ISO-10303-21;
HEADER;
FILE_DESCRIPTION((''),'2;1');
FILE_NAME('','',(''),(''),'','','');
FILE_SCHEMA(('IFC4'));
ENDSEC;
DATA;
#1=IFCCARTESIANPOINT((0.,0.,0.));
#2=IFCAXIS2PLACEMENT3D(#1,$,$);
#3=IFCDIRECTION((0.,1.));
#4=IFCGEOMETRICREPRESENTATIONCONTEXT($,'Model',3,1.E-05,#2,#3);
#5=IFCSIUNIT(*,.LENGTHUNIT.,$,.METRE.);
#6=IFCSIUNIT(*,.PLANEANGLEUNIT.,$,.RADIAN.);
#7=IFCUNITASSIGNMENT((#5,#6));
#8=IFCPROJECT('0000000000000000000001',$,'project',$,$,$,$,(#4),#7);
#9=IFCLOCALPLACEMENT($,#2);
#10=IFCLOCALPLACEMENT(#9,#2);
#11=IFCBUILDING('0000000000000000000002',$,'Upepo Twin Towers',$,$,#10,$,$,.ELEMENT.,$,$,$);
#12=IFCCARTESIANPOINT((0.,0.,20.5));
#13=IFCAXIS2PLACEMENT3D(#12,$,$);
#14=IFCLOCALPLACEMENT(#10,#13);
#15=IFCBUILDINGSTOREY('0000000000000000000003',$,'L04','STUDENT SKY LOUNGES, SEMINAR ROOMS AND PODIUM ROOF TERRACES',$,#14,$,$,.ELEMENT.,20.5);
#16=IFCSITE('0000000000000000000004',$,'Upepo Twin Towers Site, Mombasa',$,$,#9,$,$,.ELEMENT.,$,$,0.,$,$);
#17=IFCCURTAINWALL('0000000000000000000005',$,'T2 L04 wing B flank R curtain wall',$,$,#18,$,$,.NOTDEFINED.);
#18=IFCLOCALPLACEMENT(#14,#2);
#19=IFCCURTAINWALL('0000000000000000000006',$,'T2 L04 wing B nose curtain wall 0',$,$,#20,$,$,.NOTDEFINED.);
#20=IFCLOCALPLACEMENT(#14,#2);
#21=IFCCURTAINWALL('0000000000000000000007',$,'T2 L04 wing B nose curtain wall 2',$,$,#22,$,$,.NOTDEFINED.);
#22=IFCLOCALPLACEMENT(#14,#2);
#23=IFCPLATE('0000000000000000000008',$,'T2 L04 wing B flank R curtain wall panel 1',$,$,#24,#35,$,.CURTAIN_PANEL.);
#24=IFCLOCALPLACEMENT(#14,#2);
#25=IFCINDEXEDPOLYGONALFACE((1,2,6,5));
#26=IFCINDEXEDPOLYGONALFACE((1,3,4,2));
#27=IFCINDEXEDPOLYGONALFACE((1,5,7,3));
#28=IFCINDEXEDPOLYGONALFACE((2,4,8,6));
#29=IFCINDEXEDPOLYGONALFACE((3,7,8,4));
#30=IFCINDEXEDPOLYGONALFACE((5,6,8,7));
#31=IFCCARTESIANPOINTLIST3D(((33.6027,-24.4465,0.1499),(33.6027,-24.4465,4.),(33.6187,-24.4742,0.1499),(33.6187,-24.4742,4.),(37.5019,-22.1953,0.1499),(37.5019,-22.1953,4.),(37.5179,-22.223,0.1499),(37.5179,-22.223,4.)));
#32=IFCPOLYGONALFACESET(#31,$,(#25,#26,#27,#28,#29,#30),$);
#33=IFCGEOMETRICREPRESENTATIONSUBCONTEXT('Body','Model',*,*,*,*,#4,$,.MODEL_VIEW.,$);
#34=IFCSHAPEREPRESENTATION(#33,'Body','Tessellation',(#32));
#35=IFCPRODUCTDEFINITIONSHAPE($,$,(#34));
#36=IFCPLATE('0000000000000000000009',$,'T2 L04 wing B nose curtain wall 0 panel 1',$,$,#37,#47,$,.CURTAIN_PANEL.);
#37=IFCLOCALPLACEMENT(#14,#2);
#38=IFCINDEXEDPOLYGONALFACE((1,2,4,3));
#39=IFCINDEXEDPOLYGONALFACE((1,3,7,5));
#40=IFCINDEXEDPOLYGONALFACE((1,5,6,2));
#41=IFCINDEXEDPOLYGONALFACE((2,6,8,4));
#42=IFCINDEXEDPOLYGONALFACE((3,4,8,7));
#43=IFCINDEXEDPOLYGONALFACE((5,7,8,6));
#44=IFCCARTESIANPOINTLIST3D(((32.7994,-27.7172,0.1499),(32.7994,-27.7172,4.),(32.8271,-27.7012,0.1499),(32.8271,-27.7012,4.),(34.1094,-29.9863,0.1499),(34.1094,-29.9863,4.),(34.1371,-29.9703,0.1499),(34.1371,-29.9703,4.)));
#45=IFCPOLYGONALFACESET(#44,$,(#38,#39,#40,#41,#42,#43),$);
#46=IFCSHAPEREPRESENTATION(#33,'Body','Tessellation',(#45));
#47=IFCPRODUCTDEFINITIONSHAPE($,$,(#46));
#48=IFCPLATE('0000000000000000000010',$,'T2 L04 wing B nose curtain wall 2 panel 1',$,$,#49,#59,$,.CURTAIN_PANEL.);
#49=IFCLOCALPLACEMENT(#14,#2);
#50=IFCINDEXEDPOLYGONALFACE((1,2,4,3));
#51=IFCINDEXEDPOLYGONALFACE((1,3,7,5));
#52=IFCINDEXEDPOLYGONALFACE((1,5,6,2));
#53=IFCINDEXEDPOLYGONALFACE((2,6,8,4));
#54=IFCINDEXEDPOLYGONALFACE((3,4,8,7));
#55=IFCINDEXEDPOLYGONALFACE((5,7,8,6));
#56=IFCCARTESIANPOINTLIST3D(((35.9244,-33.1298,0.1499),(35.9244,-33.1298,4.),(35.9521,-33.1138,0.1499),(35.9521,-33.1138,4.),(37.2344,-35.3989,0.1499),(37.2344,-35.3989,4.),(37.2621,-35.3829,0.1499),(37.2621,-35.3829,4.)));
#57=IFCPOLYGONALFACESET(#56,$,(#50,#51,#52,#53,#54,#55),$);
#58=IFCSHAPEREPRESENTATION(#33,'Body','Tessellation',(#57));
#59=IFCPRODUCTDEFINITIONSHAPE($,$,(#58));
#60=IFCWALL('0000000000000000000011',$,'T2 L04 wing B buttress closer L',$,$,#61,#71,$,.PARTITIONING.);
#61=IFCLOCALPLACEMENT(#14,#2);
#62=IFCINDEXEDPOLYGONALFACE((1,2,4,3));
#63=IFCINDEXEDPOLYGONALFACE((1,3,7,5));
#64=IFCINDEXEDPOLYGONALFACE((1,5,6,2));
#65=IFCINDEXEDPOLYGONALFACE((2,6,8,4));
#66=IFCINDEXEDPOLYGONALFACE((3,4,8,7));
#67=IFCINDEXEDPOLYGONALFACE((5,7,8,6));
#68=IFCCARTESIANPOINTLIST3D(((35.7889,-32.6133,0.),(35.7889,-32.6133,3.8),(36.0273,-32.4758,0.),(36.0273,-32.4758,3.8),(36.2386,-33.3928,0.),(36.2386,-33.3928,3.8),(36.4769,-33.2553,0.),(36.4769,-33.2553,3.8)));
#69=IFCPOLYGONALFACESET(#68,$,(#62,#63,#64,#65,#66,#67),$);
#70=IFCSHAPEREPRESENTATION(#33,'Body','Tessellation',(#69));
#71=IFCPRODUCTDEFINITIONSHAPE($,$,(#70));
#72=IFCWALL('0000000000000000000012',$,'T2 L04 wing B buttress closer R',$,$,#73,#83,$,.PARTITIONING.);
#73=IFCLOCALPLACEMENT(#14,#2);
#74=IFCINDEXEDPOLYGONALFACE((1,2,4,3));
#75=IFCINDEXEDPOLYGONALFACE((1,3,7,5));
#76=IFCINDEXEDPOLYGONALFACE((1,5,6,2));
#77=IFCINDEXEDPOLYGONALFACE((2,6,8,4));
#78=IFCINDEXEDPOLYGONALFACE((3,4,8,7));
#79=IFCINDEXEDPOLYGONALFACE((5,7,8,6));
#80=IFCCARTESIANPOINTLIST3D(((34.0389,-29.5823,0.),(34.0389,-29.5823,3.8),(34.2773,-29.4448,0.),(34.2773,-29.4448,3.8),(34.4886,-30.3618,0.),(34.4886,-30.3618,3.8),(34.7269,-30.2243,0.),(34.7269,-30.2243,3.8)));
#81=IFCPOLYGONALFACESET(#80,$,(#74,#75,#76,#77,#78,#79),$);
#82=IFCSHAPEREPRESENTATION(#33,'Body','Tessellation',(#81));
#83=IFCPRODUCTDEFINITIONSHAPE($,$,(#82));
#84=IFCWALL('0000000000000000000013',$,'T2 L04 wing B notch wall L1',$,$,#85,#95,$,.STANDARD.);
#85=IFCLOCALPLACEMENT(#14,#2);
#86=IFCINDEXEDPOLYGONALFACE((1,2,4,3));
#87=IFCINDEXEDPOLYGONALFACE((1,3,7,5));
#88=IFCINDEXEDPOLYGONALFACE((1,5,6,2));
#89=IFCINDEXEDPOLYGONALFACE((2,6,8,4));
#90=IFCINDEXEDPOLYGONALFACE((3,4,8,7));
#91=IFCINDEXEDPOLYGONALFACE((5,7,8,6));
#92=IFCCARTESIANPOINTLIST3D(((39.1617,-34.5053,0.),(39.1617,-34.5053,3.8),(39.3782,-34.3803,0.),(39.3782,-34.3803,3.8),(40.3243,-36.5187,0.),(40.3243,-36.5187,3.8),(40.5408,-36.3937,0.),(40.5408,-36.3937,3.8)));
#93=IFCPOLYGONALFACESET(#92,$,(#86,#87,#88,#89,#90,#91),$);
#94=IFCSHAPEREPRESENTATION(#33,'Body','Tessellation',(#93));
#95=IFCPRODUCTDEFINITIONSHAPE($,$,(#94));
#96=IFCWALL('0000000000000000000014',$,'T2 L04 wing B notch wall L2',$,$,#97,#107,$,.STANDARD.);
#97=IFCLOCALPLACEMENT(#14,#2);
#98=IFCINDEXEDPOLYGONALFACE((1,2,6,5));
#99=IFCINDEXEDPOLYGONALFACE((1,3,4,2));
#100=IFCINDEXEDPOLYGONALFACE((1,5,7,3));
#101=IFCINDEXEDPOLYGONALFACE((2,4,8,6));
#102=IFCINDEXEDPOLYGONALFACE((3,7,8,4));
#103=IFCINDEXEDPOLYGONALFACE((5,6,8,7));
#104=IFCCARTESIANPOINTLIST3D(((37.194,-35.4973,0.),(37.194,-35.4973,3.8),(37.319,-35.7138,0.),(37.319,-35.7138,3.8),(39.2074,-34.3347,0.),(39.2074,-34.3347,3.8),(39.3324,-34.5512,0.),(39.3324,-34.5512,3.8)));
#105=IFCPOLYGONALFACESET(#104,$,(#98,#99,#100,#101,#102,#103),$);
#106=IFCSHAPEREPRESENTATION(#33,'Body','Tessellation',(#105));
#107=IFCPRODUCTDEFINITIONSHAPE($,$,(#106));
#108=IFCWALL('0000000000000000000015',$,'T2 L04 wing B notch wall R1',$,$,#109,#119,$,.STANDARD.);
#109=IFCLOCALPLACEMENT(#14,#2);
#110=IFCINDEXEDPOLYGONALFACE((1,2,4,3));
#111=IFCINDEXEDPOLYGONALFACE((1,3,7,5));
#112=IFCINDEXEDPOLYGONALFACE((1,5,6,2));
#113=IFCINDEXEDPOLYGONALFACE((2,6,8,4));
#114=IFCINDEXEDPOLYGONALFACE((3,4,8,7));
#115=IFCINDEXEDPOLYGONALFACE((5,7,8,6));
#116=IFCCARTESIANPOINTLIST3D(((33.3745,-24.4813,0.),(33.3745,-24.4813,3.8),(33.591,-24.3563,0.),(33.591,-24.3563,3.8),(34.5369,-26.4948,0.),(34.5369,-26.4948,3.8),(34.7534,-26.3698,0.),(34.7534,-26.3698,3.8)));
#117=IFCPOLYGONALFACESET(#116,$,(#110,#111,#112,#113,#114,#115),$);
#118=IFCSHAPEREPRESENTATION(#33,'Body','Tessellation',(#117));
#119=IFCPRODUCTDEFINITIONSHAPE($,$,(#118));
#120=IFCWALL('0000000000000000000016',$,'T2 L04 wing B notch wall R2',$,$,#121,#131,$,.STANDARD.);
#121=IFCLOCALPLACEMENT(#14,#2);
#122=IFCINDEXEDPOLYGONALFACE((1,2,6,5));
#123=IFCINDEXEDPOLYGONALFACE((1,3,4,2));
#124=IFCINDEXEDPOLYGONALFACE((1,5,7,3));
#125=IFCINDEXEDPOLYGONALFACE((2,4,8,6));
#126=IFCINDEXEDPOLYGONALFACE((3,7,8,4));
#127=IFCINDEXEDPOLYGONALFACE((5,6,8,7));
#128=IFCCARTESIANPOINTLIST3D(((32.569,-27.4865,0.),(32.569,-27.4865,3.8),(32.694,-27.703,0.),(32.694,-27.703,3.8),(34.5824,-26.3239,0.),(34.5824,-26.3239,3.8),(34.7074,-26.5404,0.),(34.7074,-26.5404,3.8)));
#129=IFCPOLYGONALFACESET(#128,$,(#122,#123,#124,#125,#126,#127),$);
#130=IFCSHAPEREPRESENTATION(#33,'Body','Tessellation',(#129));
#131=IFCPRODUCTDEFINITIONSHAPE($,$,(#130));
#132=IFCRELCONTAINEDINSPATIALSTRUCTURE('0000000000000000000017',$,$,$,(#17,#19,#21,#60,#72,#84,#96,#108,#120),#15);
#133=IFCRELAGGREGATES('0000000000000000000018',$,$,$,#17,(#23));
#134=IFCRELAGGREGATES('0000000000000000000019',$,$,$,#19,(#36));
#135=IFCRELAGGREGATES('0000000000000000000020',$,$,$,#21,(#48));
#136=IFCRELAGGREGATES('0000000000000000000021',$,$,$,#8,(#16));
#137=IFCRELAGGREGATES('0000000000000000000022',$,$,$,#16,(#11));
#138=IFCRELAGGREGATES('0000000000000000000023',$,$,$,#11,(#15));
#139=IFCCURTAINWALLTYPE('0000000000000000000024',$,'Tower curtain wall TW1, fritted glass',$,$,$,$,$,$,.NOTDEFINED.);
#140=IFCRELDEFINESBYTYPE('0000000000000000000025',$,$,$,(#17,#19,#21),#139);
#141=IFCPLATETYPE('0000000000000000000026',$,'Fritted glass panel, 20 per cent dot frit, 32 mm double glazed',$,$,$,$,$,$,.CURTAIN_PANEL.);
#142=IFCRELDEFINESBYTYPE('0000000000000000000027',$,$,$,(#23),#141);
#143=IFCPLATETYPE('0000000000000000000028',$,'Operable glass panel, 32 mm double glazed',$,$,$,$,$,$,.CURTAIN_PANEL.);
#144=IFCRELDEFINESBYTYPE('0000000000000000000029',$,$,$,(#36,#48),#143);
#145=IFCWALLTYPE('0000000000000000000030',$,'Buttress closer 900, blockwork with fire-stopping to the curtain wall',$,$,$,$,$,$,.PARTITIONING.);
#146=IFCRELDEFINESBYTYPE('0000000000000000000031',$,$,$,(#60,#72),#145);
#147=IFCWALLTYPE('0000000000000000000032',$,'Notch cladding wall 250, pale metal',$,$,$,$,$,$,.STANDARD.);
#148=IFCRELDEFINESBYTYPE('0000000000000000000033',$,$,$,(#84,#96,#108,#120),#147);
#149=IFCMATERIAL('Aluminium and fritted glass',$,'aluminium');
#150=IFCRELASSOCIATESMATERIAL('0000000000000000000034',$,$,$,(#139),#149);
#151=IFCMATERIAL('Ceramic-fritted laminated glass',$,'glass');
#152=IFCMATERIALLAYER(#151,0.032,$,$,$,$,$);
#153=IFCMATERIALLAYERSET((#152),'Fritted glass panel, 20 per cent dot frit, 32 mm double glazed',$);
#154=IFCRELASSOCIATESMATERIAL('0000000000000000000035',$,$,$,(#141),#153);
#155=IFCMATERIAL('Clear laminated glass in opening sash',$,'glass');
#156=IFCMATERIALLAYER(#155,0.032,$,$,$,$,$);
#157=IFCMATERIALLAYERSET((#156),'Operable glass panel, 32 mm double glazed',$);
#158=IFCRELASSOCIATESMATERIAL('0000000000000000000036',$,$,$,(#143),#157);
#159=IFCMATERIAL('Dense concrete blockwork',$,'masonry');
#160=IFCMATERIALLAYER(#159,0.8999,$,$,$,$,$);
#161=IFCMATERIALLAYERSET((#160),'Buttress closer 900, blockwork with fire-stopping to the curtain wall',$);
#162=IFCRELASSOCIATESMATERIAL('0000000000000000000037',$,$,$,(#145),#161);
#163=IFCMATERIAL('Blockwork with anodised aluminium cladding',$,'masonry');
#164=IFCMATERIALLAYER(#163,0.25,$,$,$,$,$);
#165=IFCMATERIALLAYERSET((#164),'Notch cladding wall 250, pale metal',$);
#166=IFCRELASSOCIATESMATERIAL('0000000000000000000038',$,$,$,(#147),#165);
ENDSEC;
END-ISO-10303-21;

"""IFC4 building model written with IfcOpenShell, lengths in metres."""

from ifc_helpers import new_model, si_unit, direction, frame, frame_2d, origin, origin_2d, place, context, subcontext, project, spatial, rectangle, extrude, material, layer, layer_set, type_object, element, aggregate, save


model = new_model("IFC4")

# Units and contexts
model_context = context("Model", 3, precision=1e-05, world=origin(), true_north=direction((0.0, 1.0)))
body_context = subcontext(model_context, "Body", "Model", "MODEL_VIEW")
ifc_project = project(units=[si_unit("LENGTHUNIT", "METRE"), si_unit("PLANEANGLEUNIT", "RADIAN")], contexts=[model_context])

# Site, building, storey
site_placement = place(None, origin())
site = spatial("IfcSite", under=ifc_project, at=site_placement, Name="Upepo Twin Towers Site, Mombasa", CompositionType="ELEMENT", RefElevation=0.0)
building_placement = place(site_placement, origin())
building = spatial("IfcBuilding", under=site, at=building_placement, Name="Upepo Twin Towers", CompositionType="ELEMENT")
storey_placement = place(building_placement, frame((0.0, 0.0, 20.5)))
storey = spatial("IfcBuildingStorey", under=building, at=storey_placement, Name="L04", Description="STUDENT SKY LOUNGES, SEMINAR ROOMS AND PODIUM ROOF TERRACES", CompositionType="ELEMENT", Elevation=20.5)

# Shared definitions
ifc_material_1 = material(Name="Aluminium and fritted glass", Category="aluminium")
curtain_wall_type = type_object("IfcCurtainWallType", Name="Tower curtain wall TW1, fritted glass", PredefinedType="NOTDEFINED", material=ifc_material_1)

# Curtain walls
curtain_wall_1_placement = place(storey_placement, origin())
curtain_wall_1 = element("IfcCurtainWall", 1, at=curtain_wall_1_placement, inside=storey, type_object=curtain_wall_type, Name="T2 L04 wing B flank R curtain wall", PredefinedType="NOTDEFINED")
curtain_wall_2_placement = place(storey_placement, origin())
curtain_wall_2 = element("IfcCurtainWall", 2, at=curtain_wall_2_placement, inside=storey, type_object=curtain_wall_type, Name="T2 L04 wing B nose curtain wall 0", PredefinedType="NOTDEFINED")
curtain_wall_3_placement = place(storey_placement, origin())
curtain_wall_3 = element("IfcCurtainWall", 3, at=curtain_wall_3_placement, inside=storey, type_object=curtain_wall_type, Name="T2 L04 wing B nose curtain wall 2", PredefinedType="NOTDEFINED")

# Plates
ifc_material_2 = material(Name="Ceramic-fritted laminated glass", Category="glass")
ifc_layer_1 = layer(ifc_material_2, 0.032)
ifc_layer_set_1 = layer_set([ifc_layer_1], Name="Fritted glass panel, 20 per cent dot frit, 32 mm double glazed")
plate_type_1 = type_object("IfcPlateType", Name="Fritted glass panel, 20 per cent dot frit, 32 mm double glazed", PredefinedType="CURTAIN_PANEL", material=ifc_layer_set_1)
plate_1_placement = place(storey_placement, frame((35.5603, -23.3347, 0.1499), z_axis=(0.0, 0.0, 1.0), x_axis=(0.866025, 0.5, 0.0)))
plate_1 = element("IfcPlate", 4, at=plate_1_placement, type_object=plate_type_1, Name="T2 L04 wing B flank R curtain wall panel 1", PredefinedType="CURTAIN_PANEL", context=body_context, shape_type="SweptSolid", body=[
    extrude(rectangle(XDim=4.5024, YDim=0.032, at=origin_2d()), origin(), (0.0, 0.0, 1.0), 3.8501),
])
aggregate(curtain_wall_1, [plate_1])
ifc_material_3 = material(Name="Clear laminated glass in opening sash", Category="glass")
ifc_layer_2 = layer(ifc_material_3, 0.032)
ifc_layer_set_2 = layer_set([ifc_layer_2], Name="Operable glass panel, 32 mm double glazed")
plate_type_2 = type_object("IfcPlateType", Name="Operable glass panel, 32 mm double glazed", PredefinedType="CURTAIN_PANEL", material=ifc_layer_set_2)
plate_2_placement = place(storey_placement, frame((33.4683, -28.8438, 0.1499), z_axis=(0.0, 0.0, 1.0), x_axis=(0.5, -0.866025, 0.0)))
plate_2 = element("IfcPlate", 5, at=plate_2_placement, type_object=plate_type_2, Name="T2 L04 wing B nose curtain wall 0 panel 1", PredefinedType="CURTAIN_PANEL", context=body_context, shape_type="SweptSolid", body=[
    extrude(rectangle(XDim=2.6201, YDim=0.032, at=origin_2d()), origin(), (0.0, 0.0, 1.0), 3.8501),
])
aggregate(curtain_wall_2, [plate_2])
plate_3_placement = place(storey_placement, frame((36.5933, -34.2563, 0.1499), z_axis=(0.0, 0.0, 1.0), x_axis=(0.5, -0.866025, 0.0)))
plate_3 = element("IfcPlate", 6, at=plate_3_placement, type_object=plate_type_2, Name="T2 L04 wing B nose curtain wall 2 panel 1", PredefinedType="CURTAIN_PANEL", context=body_context, shape_type="SweptSolid", body=[
    extrude(rectangle(XDim=2.6201, YDim=0.032, at=origin_2d()), origin(), (0.0, 0.0, 1.0), 3.8501),
])
aggregate(curtain_wall_3, [plate_3])

# Walls
ifc_material_4 = material(Name="Dense concrete blockwork", Category="masonry")
ifc_layer_3 = layer(ifc_material_4, 0.8999)
ifc_layer_set_3 = layer_set([ifc_layer_3], Name="Buttress closer 900, blockwork with fire-stopping to the curtain wall")
wall_type_1 = type_object("IfcWallType", Name="Buttress closer 900, blockwork with fire-stopping to the curtain wall", PredefinedType="PARTITIONING", material=ifc_layer_set_3)
for number, where, z_axis, x_axis, name in (
    (7, (36.2522, -32.8655, 0.0), (0.0, 0.0, 1.0), (-0.866215, -0.499671, 0.0), "T2 L04 wing B buttress closer L"),
    (8, (34.5022, -29.8345, 0.0), (0.0, 0.0, 1.0), (-0.866215, -0.499671, 0.0), "T2 L04 wing B buttress closer R"),
):
    element("IfcWall", number, at=place(storey_placement, frame(where, z_axis=z_axis, x_axis=x_axis)), inside=storey, type_object=wall_type_1, Name=name, PredefinedType="PARTITIONING", context=body_context, shape_type="SweptSolid", body=[
        extrude(rectangle(XDim=0.2751, YDim=0.8999, at=frame_2d((0.1377, 0.0))), origin(), (0.0, 0.0, 1.0), 3.8),
    ])
ifc_material_5 = material(Name="Blockwork with anodised aluminium cladding", Category="masonry")
ifc_layer_4 = layer(ifc_material_5, 0.25)
ifc_layer_set_4 = layer_set([ifc_layer_4], Name="Notch cladding wall 250, pale metal")
wall_type_2 = type_object("IfcWallType", Name="Notch cladding wall 250, pale metal", PredefinedType="STANDARD", material=ifc_layer_set_4)
for number, where, z_axis, x_axis, name in (
    (9, (40.4326, -36.4563, 0.0), (0.0, 0.0, 1.0), (-0.500047, 0.865998, 0.0), "T2 L04 wing B notch wall L1"),
    (10, (39.27, -34.4429, 0.0), (0.0, 0.0, 1.0), (-0.865998, -0.500047, 0.0), "T2 L04 wing B notch wall L2"),
    (11, (33.4827, -24.4187, 0.0), (0.0, 0.0, 1.0), (0.499968, -0.866044, 0.0), "T2 L04 wing B notch wall R1"),
    (12, (34.645, -26.4321, 0.0), (0.0, 0.0, 1.0), (-0.865998, -0.500047, 0.0), "T2 L04 wing B notch wall R2"),
):
    element("IfcWall", number, at=place(storey_placement, frame(where, z_axis=z_axis, x_axis=x_axis)), inside=storey, type_object=wall_type_2, Name=name, PredefinedType="STANDARD", context=body_context, shape_type="SweptSolid", body=[
        extrude(rectangle(XDim=2.325, YDim=0.25, at=frame_2d((1.1626, 0.0))), origin(), (0.0, 0.0, 1.0), 3.8),
    ])

save(model, "model.ifc")
